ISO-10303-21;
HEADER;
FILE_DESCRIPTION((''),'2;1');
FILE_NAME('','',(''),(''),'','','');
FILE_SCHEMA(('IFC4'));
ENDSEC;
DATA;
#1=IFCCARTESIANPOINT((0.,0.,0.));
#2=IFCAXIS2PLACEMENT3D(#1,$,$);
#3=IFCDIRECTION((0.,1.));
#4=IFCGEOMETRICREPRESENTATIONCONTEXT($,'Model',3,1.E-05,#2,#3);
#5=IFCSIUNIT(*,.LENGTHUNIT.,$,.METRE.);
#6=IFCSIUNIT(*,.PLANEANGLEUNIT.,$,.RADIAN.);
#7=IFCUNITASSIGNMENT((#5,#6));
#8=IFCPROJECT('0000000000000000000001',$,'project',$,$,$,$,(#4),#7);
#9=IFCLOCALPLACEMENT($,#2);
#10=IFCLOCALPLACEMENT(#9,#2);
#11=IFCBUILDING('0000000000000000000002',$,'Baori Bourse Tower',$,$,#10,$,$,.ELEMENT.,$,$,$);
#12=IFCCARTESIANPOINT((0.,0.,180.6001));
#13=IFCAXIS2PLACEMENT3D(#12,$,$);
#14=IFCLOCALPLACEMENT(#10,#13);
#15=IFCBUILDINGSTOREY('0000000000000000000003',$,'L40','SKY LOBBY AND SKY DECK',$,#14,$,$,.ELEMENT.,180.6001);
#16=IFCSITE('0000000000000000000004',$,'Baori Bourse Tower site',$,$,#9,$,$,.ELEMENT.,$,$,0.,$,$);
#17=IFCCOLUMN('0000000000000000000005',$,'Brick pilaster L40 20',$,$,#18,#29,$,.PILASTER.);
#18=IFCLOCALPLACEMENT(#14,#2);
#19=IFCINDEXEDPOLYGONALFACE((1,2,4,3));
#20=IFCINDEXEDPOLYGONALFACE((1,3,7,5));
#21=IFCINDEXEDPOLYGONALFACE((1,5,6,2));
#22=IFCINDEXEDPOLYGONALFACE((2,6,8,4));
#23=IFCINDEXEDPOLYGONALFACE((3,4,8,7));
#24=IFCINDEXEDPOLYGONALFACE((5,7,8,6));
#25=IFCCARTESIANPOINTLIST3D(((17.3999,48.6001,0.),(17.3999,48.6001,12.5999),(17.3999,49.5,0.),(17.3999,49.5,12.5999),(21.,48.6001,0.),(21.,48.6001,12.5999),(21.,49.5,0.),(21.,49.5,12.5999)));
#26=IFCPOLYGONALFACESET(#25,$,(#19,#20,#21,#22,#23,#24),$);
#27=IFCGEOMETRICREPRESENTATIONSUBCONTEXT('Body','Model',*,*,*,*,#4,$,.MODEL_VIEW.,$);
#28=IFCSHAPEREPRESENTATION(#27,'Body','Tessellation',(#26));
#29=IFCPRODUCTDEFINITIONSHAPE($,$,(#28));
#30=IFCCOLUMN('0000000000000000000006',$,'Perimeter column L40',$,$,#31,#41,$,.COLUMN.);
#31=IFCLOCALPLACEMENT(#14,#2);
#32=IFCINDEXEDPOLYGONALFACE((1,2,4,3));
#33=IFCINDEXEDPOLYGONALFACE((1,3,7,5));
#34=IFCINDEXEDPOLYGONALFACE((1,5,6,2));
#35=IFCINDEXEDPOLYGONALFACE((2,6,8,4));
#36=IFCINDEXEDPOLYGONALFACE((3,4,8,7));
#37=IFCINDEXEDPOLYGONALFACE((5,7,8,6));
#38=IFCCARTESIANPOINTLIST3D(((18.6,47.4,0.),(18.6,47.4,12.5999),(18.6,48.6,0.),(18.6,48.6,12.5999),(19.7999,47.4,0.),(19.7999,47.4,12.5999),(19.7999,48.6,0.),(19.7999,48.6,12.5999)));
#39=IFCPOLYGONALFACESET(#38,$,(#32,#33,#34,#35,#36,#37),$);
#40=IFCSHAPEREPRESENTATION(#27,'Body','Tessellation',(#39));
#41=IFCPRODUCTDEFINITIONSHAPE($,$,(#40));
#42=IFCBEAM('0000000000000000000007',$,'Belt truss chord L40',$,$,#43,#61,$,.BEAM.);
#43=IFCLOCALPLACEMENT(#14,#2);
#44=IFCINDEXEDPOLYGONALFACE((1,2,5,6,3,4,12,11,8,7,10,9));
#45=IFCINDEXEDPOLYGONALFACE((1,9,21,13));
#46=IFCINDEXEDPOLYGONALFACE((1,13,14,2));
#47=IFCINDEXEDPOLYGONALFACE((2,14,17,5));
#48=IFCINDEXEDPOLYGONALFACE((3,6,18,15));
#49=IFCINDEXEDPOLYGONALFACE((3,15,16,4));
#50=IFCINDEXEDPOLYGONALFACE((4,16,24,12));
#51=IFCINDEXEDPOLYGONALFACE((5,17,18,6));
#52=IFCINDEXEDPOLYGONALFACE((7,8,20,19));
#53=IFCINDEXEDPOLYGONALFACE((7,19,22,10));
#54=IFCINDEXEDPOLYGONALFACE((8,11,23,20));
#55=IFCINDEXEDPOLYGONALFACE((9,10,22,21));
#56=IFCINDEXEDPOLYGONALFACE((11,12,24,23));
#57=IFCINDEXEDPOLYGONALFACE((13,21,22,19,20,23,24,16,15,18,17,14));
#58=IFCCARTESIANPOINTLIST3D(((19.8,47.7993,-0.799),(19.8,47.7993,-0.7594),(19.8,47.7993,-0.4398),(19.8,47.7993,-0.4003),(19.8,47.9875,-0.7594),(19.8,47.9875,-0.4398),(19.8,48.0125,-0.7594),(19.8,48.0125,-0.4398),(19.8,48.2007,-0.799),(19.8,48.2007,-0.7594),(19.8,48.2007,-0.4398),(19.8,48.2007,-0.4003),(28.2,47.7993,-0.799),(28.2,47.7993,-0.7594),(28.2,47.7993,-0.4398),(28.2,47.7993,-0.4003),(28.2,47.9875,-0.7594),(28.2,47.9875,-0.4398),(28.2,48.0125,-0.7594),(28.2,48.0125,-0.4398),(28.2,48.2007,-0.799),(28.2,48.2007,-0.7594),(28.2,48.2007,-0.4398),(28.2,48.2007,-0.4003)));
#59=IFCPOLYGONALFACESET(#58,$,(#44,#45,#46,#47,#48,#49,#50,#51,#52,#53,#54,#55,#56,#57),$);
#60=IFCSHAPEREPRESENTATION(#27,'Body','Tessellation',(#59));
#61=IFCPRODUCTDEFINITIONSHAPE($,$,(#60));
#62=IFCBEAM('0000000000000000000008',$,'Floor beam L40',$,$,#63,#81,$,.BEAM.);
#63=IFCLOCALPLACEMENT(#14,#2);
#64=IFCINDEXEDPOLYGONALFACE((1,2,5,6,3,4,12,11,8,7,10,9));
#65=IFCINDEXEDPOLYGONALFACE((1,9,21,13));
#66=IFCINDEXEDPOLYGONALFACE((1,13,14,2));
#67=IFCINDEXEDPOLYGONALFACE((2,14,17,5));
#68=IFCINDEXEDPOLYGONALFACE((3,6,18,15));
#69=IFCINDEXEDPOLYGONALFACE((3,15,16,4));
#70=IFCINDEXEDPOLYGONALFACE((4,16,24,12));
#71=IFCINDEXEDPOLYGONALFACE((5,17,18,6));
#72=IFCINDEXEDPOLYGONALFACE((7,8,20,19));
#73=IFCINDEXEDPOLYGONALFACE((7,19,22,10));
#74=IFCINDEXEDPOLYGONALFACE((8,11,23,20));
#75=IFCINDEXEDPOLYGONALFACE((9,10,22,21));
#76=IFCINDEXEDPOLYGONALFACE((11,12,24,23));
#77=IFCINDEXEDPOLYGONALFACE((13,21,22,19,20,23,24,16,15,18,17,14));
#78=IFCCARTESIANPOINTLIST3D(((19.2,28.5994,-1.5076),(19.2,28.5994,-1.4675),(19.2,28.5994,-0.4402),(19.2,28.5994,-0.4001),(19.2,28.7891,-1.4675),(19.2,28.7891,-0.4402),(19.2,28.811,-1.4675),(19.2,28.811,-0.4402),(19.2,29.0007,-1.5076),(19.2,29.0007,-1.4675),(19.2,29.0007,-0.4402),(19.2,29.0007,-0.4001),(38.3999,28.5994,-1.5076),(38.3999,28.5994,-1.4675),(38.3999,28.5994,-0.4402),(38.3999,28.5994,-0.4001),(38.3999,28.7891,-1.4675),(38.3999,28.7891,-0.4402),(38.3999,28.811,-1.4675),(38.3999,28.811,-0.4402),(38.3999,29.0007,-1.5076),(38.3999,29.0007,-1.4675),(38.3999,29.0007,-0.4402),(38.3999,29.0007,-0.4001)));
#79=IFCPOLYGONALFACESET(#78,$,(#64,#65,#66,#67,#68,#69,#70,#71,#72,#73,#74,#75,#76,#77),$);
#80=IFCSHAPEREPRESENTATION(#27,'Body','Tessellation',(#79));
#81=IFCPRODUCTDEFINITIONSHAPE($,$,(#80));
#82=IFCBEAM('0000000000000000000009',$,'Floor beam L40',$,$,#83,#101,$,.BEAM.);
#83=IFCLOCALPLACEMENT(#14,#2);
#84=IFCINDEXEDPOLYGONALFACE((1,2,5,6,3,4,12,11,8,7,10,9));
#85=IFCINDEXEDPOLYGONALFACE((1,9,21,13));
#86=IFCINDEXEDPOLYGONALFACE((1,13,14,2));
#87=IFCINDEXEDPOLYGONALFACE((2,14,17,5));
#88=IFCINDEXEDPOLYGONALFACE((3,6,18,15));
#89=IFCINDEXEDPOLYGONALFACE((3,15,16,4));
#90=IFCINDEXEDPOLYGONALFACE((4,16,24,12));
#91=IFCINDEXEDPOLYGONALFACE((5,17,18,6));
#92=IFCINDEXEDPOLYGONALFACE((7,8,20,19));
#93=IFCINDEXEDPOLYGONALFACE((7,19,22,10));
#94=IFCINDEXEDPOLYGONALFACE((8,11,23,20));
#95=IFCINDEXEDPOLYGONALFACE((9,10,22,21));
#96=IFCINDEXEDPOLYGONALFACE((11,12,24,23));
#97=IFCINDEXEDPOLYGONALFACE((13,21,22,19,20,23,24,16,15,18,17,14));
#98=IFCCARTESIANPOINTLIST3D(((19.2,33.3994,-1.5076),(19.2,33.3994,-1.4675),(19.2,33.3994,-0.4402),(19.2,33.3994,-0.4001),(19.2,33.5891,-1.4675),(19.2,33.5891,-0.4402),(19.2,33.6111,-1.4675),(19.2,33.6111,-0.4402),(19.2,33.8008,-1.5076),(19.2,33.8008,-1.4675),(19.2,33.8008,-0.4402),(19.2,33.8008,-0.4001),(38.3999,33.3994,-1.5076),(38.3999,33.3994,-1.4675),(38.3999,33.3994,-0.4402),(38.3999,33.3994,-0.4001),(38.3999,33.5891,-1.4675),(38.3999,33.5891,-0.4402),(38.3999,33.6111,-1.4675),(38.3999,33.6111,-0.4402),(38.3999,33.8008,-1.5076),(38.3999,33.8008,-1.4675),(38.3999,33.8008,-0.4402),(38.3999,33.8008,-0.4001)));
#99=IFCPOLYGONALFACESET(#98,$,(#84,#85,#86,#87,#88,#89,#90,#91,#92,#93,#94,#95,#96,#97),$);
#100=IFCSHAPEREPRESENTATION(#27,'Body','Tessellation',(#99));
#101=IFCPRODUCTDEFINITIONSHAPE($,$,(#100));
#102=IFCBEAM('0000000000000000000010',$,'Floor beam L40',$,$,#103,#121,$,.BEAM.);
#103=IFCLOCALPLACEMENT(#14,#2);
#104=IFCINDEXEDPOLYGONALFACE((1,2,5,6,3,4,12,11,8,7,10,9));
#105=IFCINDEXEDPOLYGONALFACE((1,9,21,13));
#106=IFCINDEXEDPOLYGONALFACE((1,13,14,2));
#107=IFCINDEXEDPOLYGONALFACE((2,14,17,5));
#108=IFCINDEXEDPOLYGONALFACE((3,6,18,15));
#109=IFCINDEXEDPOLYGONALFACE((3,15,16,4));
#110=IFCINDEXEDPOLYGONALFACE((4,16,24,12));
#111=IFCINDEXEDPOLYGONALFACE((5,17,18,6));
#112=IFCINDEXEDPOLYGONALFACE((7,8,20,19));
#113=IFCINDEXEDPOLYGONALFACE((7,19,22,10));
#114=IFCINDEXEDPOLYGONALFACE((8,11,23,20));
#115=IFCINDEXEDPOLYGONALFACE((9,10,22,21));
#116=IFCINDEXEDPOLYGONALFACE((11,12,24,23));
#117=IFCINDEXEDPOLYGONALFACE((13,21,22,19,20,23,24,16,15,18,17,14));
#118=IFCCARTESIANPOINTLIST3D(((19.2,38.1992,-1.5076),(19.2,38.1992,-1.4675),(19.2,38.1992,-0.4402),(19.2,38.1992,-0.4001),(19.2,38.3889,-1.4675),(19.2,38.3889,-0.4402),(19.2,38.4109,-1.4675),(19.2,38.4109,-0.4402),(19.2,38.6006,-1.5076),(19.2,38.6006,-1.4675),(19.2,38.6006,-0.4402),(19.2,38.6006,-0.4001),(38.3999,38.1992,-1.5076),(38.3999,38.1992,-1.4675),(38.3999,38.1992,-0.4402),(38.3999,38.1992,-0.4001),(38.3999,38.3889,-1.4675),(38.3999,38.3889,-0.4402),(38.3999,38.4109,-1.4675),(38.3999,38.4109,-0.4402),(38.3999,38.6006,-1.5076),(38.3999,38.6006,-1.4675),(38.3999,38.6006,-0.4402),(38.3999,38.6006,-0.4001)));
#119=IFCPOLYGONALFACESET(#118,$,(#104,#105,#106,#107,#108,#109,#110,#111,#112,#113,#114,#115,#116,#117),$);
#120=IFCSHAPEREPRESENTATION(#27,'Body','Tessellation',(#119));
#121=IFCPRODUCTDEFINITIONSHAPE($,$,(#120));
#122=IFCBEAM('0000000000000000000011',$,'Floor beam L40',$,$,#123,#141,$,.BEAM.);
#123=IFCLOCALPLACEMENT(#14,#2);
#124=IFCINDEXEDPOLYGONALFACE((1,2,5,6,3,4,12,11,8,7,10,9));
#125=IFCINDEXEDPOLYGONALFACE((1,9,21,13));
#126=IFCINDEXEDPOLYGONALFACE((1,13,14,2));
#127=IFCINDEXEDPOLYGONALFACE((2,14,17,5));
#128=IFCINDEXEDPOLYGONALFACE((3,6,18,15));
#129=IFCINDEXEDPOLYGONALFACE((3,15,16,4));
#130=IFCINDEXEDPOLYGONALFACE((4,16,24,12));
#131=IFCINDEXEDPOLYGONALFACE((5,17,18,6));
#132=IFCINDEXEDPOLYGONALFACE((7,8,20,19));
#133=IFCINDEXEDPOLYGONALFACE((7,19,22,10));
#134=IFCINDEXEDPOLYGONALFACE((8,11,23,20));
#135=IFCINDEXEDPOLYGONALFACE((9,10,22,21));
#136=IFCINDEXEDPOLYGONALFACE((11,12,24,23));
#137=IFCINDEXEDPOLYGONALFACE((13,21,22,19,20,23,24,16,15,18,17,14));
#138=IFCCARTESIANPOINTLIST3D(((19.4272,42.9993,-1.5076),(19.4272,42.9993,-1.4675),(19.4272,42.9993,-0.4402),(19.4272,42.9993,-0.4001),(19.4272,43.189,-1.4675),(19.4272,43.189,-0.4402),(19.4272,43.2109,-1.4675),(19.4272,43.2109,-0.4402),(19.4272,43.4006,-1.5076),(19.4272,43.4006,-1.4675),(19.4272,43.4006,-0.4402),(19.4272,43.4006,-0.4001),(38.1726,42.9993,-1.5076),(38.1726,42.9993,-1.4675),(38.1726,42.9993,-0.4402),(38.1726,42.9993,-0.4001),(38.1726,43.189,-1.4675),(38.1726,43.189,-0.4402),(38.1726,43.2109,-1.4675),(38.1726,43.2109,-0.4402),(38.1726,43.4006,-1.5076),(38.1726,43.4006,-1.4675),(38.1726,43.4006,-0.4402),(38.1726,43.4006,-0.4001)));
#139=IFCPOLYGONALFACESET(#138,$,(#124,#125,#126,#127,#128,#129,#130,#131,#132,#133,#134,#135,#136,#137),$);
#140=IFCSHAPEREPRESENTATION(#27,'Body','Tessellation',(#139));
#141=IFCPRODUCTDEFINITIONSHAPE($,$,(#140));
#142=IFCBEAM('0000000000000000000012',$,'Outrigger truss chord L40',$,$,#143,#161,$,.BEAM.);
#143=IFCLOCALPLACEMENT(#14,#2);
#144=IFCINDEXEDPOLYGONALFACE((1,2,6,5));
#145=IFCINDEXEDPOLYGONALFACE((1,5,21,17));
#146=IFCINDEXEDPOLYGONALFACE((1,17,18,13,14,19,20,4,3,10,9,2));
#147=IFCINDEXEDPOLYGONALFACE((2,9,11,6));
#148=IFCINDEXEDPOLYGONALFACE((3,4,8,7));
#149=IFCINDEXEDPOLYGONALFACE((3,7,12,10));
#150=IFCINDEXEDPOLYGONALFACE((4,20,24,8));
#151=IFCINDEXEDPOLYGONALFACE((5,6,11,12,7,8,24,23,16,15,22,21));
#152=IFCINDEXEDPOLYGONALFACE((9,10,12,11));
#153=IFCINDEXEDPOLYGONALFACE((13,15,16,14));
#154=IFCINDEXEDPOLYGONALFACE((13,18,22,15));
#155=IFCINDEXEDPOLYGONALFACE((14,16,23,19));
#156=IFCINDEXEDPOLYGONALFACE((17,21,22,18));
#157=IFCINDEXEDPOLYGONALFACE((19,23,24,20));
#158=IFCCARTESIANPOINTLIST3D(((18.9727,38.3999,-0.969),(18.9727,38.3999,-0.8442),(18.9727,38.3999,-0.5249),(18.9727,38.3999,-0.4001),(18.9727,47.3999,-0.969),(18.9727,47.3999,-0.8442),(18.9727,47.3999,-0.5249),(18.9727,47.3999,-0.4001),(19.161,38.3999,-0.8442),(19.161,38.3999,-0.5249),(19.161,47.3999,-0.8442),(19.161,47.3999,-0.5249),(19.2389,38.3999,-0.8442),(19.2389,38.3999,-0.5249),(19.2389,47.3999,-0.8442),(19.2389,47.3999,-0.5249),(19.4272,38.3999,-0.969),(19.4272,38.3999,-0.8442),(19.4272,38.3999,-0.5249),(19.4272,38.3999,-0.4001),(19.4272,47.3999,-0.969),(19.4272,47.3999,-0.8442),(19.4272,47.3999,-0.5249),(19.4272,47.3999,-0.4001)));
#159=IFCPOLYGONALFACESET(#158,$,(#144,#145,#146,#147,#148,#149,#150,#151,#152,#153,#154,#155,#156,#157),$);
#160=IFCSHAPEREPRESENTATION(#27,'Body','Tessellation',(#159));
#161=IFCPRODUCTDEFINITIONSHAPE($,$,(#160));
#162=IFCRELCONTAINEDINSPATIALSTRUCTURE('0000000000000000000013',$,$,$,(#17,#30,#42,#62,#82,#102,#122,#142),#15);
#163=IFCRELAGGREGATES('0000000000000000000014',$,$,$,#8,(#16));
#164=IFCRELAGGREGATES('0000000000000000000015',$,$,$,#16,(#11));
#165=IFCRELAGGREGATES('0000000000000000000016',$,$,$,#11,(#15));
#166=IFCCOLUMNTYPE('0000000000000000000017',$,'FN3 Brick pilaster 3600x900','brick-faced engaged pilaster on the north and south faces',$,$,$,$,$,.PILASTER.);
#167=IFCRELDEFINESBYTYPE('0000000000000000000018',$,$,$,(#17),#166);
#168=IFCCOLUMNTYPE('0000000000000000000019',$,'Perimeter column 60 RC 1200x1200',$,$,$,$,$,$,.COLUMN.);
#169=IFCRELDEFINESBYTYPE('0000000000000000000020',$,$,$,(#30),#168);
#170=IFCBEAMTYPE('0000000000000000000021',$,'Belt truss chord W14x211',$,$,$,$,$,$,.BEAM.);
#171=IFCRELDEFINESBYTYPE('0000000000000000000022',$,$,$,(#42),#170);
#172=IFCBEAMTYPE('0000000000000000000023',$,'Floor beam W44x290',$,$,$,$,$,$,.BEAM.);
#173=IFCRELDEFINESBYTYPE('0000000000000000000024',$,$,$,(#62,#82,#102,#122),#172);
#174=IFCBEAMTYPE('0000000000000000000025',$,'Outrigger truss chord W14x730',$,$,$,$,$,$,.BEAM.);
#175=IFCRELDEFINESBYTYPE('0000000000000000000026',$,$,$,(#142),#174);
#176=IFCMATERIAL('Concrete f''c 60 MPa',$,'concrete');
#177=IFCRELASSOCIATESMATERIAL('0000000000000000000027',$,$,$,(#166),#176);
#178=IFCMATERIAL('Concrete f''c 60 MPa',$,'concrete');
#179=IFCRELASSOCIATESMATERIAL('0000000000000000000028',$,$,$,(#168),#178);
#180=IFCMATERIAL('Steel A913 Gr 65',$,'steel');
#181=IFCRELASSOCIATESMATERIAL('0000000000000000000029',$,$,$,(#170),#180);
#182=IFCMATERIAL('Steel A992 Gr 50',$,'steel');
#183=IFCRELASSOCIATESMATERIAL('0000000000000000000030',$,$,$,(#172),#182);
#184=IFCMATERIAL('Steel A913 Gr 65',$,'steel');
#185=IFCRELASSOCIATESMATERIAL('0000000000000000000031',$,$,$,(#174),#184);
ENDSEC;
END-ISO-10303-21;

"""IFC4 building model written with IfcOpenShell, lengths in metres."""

from ifc_helpers import new_model, si_unit, direction, frame, origin, origin_2d, place, context, subcontext, project, spatial, rectangle, i_section, extrude, material, material_profile, profile_set, type_object, element, save


model = new_model("IFC4")

# Units and contexts
model_context = context("Model", 3, precision=1e-05, world=origin(), true_north=direction((0.0, 1.0)))
body_context = subcontext(model_context, "Body", "Model", "MODEL_VIEW")
ifc_project = project(units=[si_unit("LENGTHUNIT", "METRE"), si_unit("PLANEANGLEUNIT", "RADIAN")], contexts=[model_context])

# Site, building, storey
site_placement = place(None, origin())
site = spatial("IfcSite", under=ifc_project, at=site_placement, Name="Baori Bourse Tower site", CompositionType="ELEMENT", RefElevation=0.0)
building_placement = place(site_placement, origin())
building = spatial("IfcBuilding", under=site, at=building_placement, Name="Baori Bourse Tower", CompositionType="ELEMENT")
storey_placement = place(building_placement, frame((0.0, 0.0, 180.6001)))
storey = spatial("IfcBuildingStorey", under=building, at=storey_placement, Name="L40", Description="SKY LOBBY AND SKY DECK", CompositionType="ELEMENT", Elevation=180.6001)

# Columns
ifc_material_1 = material(Name="Concrete f'c 60 MPa", Category="concrete")
ifc_material_profile_1 = material_profile(ifc_material_1, rectangle(XDim=3.6001, YDim=0.8999, at=origin_2d()), Name="RC 3600x900")
ifc_profile_set_1 = profile_set([ifc_material_profile_1], Name="Concrete f'c 60 MPa")
column_type_1 = type_object("IfcColumnType", Name="FN3 Brick pilaster 3600x900", Description="brick-faced engaged pilaster on the north and south faces", PredefinedType="PILASTER", material=ifc_profile_set_1)
column_1_placement = place(storey_placement, frame((19.2, 49.05, 0.0), z_axis=(0.0, 0.0, 1.0), x_axis=(1.0, 0.0, 0.0)))
element("IfcColumn", 1, at=column_1_placement, inside=storey, type_object=column_type_1, Name="Brick pilaster L40 20", PredefinedType="PILASTER", context=body_context, shape_type="SweptSolid", body=[
    extrude(rectangle(XDim=3.6001, YDim=0.8999, at=origin_2d()), origin(), (0.0, 0.0, 1.0), 12.5999),
])
ifc_material_2 = material(Name="Concrete f'c 60 MPa", Category="concrete")
ifc_material_profile_2 = material_profile(ifc_material_2, rectangle(XDim=1.2, YDim=1.2, at=origin_2d()), Name="RC 1200x1200")
ifc_profile_set_2 = profile_set([ifc_material_profile_2], Name="Concrete f'c 60 MPa")
column_type_2 = type_object("IfcColumnType", Name="Perimeter column 60 RC 1200x1200", PredefinedType="COLUMN", material=ifc_profile_set_2)
column_2_placement = place(storey_placement, frame((19.2, 48.0, 0.0), z_axis=(0.0, 0.0, 1.0), x_axis=(1.0, 0.0, 0.0)))
element("IfcColumn", 2, at=column_2_placement, inside=storey, type_object=column_type_2, Name="Perimeter column L40", PredefinedType="COLUMN", context=body_context, shape_type="SweptSolid", body=[
    extrude(rectangle(XDim=1.2, YDim=1.2, at=origin_2d()), origin(), (0.0, 0.0, 1.0), 12.5999),
])

# Beams
ifc_material_3 = material(Name="Steel A913 Gr 65", Category="steel")
ifc_material_profile_3 = material_profile(ifc_material_3, i_section(OverallWidth=0.4014, OverallDepth=0.3987, WebThickness=0.0249, FlangeThickness=0.0396, at=origin_2d()), Name="W14x211")
ifc_profile_set_3 = profile_set([ifc_material_profile_3], Name="Steel A913 Gr 65")
beam_type_1 = type_object("IfcBeamType", Name="Belt truss chord W14x211", PredefinedType="BEAM", material=ifc_profile_set_3)
beam_1_placement = place(storey_placement, frame((19.8, 48.0, -0.5996), z_axis=(1.0, 0.0, 0.0), x_axis=(0.0, 1.0, 0.0)))
element("IfcBeam", 3, at=beam_1_placement, inside=storey, type_object=beam_type_1, Name="Belt truss chord L40", PredefinedType="BEAM", context=body_context, shape_type="SweptSolid", body=[
    extrude(i_section(OverallWidth=0.4014, OverallDepth=0.3987, WebThickness=0.0249, FlangeThickness=0.0396, at=origin_2d()), origin(), (0.0, 0.0, 1.0), 8.3999),
])
ifc_material_4 = material(Name="Steel A992 Gr 50", Category="steel")
ifc_material_profile_4 = material_profile(ifc_material_4, i_section(OverallWidth=0.4014, OverallDepth=1.1074, WebThickness=0.022, FlangeThickness=0.04, at=origin_2d()), Name="W44x290")
ifc_profile_set_4 = profile_set([ifc_material_profile_4], Name="Steel A992 Gr 50")
beam_type_2 = type_object("IfcBeamType", Name="Floor beam W44x290", PredefinedType="BEAM", material=ifc_profile_set_4)
for number, where, z_axis, x_axis, name in (
    (4, (19.2, 28.8, -0.9539), (1.0, 0.0, 0.0), (0.0, 1.0, 0.0), "Floor beam L40"),
    (5, (19.2, 33.6001, -0.9539), (1.0, 0.0, 0.0), (0.0, 1.0, 0.0), "Floor beam L40"),
    (6, (19.2, 38.3999, -0.9539), (1.0, 0.0, 0.0), (0.0, 1.0, 0.0), "Floor beam L40"),
):
    element("IfcBeam", number, at=place(storey_placement, frame(where, z_axis=z_axis, x_axis=x_axis)), inside=storey, type_object=beam_type_2, Name=name, PredefinedType="BEAM", context=body_context, shape_type="SweptSolid", body=[
        extrude(i_section(OverallWidth=0.4014, OverallDepth=1.1074, WebThickness=0.022, FlangeThickness=0.04, at=origin_2d()), origin(), (0.0, 0.0, 1.0), 19.2),
    ])
beam_2_placement = place(storey_placement, frame((19.4272, 43.2, -0.9539), z_axis=(1.0, 0.0, 0.0), x_axis=(0.0, 1.0, 0.0)))
element("IfcBeam", 7, at=beam_2_placement, inside=storey, type_object=beam_type_2, Name="Floor beam L40", PredefinedType="BEAM", context=body_context, shape_type="SweptSolid", body=[
    extrude(i_section(OverallWidth=0.4014, OverallDepth=1.1074, WebThickness=0.022, FlangeThickness=0.04, at=origin_2d()), origin(), (0.0, 0.0, 1.0), 18.7454),
])
ifc_material_5 = material(Name="Steel A913 Gr 65", Category="steel")
ifc_material_profile_5 = material_profile(ifc_material_5, i_section(OverallWidth=0.4546, OverallDepth=0.5688, WebThickness=0.0779, FlangeThickness=0.1248, at=origin_2d()), Name="W14x730")
ifc_profile_set_5 = profile_set([ifc_material_profile_5], Name="Steel A913 Gr 65")
beam_type_3 = type_object("IfcBeamType", Name="Outrigger truss chord W14x730", PredefinedType="BEAM", material=ifc_profile_set_5)
beam_3_placement = place(storey_placement, frame((19.2, 38.3999, -0.6846), z_axis=(0.0, 1.0, 0.0), x_axis=(-1.0, 0.0, 0.0)))
element("IfcBeam", 8, at=beam_3_placement, inside=storey, type_object=beam_type_3, Name="Outrigger truss chord L40", PredefinedType="BEAM", context=body_context, shape_type="SweptSolid", body=[
    extrude(i_section(OverallWidth=0.4546, OverallDepth=0.5688, WebThickness=0.0779, FlangeThickness=0.1248, at=origin_2d()), origin(), (0.0, 0.0, 1.0), 9.0),
])

save(model, "model.ifc")
